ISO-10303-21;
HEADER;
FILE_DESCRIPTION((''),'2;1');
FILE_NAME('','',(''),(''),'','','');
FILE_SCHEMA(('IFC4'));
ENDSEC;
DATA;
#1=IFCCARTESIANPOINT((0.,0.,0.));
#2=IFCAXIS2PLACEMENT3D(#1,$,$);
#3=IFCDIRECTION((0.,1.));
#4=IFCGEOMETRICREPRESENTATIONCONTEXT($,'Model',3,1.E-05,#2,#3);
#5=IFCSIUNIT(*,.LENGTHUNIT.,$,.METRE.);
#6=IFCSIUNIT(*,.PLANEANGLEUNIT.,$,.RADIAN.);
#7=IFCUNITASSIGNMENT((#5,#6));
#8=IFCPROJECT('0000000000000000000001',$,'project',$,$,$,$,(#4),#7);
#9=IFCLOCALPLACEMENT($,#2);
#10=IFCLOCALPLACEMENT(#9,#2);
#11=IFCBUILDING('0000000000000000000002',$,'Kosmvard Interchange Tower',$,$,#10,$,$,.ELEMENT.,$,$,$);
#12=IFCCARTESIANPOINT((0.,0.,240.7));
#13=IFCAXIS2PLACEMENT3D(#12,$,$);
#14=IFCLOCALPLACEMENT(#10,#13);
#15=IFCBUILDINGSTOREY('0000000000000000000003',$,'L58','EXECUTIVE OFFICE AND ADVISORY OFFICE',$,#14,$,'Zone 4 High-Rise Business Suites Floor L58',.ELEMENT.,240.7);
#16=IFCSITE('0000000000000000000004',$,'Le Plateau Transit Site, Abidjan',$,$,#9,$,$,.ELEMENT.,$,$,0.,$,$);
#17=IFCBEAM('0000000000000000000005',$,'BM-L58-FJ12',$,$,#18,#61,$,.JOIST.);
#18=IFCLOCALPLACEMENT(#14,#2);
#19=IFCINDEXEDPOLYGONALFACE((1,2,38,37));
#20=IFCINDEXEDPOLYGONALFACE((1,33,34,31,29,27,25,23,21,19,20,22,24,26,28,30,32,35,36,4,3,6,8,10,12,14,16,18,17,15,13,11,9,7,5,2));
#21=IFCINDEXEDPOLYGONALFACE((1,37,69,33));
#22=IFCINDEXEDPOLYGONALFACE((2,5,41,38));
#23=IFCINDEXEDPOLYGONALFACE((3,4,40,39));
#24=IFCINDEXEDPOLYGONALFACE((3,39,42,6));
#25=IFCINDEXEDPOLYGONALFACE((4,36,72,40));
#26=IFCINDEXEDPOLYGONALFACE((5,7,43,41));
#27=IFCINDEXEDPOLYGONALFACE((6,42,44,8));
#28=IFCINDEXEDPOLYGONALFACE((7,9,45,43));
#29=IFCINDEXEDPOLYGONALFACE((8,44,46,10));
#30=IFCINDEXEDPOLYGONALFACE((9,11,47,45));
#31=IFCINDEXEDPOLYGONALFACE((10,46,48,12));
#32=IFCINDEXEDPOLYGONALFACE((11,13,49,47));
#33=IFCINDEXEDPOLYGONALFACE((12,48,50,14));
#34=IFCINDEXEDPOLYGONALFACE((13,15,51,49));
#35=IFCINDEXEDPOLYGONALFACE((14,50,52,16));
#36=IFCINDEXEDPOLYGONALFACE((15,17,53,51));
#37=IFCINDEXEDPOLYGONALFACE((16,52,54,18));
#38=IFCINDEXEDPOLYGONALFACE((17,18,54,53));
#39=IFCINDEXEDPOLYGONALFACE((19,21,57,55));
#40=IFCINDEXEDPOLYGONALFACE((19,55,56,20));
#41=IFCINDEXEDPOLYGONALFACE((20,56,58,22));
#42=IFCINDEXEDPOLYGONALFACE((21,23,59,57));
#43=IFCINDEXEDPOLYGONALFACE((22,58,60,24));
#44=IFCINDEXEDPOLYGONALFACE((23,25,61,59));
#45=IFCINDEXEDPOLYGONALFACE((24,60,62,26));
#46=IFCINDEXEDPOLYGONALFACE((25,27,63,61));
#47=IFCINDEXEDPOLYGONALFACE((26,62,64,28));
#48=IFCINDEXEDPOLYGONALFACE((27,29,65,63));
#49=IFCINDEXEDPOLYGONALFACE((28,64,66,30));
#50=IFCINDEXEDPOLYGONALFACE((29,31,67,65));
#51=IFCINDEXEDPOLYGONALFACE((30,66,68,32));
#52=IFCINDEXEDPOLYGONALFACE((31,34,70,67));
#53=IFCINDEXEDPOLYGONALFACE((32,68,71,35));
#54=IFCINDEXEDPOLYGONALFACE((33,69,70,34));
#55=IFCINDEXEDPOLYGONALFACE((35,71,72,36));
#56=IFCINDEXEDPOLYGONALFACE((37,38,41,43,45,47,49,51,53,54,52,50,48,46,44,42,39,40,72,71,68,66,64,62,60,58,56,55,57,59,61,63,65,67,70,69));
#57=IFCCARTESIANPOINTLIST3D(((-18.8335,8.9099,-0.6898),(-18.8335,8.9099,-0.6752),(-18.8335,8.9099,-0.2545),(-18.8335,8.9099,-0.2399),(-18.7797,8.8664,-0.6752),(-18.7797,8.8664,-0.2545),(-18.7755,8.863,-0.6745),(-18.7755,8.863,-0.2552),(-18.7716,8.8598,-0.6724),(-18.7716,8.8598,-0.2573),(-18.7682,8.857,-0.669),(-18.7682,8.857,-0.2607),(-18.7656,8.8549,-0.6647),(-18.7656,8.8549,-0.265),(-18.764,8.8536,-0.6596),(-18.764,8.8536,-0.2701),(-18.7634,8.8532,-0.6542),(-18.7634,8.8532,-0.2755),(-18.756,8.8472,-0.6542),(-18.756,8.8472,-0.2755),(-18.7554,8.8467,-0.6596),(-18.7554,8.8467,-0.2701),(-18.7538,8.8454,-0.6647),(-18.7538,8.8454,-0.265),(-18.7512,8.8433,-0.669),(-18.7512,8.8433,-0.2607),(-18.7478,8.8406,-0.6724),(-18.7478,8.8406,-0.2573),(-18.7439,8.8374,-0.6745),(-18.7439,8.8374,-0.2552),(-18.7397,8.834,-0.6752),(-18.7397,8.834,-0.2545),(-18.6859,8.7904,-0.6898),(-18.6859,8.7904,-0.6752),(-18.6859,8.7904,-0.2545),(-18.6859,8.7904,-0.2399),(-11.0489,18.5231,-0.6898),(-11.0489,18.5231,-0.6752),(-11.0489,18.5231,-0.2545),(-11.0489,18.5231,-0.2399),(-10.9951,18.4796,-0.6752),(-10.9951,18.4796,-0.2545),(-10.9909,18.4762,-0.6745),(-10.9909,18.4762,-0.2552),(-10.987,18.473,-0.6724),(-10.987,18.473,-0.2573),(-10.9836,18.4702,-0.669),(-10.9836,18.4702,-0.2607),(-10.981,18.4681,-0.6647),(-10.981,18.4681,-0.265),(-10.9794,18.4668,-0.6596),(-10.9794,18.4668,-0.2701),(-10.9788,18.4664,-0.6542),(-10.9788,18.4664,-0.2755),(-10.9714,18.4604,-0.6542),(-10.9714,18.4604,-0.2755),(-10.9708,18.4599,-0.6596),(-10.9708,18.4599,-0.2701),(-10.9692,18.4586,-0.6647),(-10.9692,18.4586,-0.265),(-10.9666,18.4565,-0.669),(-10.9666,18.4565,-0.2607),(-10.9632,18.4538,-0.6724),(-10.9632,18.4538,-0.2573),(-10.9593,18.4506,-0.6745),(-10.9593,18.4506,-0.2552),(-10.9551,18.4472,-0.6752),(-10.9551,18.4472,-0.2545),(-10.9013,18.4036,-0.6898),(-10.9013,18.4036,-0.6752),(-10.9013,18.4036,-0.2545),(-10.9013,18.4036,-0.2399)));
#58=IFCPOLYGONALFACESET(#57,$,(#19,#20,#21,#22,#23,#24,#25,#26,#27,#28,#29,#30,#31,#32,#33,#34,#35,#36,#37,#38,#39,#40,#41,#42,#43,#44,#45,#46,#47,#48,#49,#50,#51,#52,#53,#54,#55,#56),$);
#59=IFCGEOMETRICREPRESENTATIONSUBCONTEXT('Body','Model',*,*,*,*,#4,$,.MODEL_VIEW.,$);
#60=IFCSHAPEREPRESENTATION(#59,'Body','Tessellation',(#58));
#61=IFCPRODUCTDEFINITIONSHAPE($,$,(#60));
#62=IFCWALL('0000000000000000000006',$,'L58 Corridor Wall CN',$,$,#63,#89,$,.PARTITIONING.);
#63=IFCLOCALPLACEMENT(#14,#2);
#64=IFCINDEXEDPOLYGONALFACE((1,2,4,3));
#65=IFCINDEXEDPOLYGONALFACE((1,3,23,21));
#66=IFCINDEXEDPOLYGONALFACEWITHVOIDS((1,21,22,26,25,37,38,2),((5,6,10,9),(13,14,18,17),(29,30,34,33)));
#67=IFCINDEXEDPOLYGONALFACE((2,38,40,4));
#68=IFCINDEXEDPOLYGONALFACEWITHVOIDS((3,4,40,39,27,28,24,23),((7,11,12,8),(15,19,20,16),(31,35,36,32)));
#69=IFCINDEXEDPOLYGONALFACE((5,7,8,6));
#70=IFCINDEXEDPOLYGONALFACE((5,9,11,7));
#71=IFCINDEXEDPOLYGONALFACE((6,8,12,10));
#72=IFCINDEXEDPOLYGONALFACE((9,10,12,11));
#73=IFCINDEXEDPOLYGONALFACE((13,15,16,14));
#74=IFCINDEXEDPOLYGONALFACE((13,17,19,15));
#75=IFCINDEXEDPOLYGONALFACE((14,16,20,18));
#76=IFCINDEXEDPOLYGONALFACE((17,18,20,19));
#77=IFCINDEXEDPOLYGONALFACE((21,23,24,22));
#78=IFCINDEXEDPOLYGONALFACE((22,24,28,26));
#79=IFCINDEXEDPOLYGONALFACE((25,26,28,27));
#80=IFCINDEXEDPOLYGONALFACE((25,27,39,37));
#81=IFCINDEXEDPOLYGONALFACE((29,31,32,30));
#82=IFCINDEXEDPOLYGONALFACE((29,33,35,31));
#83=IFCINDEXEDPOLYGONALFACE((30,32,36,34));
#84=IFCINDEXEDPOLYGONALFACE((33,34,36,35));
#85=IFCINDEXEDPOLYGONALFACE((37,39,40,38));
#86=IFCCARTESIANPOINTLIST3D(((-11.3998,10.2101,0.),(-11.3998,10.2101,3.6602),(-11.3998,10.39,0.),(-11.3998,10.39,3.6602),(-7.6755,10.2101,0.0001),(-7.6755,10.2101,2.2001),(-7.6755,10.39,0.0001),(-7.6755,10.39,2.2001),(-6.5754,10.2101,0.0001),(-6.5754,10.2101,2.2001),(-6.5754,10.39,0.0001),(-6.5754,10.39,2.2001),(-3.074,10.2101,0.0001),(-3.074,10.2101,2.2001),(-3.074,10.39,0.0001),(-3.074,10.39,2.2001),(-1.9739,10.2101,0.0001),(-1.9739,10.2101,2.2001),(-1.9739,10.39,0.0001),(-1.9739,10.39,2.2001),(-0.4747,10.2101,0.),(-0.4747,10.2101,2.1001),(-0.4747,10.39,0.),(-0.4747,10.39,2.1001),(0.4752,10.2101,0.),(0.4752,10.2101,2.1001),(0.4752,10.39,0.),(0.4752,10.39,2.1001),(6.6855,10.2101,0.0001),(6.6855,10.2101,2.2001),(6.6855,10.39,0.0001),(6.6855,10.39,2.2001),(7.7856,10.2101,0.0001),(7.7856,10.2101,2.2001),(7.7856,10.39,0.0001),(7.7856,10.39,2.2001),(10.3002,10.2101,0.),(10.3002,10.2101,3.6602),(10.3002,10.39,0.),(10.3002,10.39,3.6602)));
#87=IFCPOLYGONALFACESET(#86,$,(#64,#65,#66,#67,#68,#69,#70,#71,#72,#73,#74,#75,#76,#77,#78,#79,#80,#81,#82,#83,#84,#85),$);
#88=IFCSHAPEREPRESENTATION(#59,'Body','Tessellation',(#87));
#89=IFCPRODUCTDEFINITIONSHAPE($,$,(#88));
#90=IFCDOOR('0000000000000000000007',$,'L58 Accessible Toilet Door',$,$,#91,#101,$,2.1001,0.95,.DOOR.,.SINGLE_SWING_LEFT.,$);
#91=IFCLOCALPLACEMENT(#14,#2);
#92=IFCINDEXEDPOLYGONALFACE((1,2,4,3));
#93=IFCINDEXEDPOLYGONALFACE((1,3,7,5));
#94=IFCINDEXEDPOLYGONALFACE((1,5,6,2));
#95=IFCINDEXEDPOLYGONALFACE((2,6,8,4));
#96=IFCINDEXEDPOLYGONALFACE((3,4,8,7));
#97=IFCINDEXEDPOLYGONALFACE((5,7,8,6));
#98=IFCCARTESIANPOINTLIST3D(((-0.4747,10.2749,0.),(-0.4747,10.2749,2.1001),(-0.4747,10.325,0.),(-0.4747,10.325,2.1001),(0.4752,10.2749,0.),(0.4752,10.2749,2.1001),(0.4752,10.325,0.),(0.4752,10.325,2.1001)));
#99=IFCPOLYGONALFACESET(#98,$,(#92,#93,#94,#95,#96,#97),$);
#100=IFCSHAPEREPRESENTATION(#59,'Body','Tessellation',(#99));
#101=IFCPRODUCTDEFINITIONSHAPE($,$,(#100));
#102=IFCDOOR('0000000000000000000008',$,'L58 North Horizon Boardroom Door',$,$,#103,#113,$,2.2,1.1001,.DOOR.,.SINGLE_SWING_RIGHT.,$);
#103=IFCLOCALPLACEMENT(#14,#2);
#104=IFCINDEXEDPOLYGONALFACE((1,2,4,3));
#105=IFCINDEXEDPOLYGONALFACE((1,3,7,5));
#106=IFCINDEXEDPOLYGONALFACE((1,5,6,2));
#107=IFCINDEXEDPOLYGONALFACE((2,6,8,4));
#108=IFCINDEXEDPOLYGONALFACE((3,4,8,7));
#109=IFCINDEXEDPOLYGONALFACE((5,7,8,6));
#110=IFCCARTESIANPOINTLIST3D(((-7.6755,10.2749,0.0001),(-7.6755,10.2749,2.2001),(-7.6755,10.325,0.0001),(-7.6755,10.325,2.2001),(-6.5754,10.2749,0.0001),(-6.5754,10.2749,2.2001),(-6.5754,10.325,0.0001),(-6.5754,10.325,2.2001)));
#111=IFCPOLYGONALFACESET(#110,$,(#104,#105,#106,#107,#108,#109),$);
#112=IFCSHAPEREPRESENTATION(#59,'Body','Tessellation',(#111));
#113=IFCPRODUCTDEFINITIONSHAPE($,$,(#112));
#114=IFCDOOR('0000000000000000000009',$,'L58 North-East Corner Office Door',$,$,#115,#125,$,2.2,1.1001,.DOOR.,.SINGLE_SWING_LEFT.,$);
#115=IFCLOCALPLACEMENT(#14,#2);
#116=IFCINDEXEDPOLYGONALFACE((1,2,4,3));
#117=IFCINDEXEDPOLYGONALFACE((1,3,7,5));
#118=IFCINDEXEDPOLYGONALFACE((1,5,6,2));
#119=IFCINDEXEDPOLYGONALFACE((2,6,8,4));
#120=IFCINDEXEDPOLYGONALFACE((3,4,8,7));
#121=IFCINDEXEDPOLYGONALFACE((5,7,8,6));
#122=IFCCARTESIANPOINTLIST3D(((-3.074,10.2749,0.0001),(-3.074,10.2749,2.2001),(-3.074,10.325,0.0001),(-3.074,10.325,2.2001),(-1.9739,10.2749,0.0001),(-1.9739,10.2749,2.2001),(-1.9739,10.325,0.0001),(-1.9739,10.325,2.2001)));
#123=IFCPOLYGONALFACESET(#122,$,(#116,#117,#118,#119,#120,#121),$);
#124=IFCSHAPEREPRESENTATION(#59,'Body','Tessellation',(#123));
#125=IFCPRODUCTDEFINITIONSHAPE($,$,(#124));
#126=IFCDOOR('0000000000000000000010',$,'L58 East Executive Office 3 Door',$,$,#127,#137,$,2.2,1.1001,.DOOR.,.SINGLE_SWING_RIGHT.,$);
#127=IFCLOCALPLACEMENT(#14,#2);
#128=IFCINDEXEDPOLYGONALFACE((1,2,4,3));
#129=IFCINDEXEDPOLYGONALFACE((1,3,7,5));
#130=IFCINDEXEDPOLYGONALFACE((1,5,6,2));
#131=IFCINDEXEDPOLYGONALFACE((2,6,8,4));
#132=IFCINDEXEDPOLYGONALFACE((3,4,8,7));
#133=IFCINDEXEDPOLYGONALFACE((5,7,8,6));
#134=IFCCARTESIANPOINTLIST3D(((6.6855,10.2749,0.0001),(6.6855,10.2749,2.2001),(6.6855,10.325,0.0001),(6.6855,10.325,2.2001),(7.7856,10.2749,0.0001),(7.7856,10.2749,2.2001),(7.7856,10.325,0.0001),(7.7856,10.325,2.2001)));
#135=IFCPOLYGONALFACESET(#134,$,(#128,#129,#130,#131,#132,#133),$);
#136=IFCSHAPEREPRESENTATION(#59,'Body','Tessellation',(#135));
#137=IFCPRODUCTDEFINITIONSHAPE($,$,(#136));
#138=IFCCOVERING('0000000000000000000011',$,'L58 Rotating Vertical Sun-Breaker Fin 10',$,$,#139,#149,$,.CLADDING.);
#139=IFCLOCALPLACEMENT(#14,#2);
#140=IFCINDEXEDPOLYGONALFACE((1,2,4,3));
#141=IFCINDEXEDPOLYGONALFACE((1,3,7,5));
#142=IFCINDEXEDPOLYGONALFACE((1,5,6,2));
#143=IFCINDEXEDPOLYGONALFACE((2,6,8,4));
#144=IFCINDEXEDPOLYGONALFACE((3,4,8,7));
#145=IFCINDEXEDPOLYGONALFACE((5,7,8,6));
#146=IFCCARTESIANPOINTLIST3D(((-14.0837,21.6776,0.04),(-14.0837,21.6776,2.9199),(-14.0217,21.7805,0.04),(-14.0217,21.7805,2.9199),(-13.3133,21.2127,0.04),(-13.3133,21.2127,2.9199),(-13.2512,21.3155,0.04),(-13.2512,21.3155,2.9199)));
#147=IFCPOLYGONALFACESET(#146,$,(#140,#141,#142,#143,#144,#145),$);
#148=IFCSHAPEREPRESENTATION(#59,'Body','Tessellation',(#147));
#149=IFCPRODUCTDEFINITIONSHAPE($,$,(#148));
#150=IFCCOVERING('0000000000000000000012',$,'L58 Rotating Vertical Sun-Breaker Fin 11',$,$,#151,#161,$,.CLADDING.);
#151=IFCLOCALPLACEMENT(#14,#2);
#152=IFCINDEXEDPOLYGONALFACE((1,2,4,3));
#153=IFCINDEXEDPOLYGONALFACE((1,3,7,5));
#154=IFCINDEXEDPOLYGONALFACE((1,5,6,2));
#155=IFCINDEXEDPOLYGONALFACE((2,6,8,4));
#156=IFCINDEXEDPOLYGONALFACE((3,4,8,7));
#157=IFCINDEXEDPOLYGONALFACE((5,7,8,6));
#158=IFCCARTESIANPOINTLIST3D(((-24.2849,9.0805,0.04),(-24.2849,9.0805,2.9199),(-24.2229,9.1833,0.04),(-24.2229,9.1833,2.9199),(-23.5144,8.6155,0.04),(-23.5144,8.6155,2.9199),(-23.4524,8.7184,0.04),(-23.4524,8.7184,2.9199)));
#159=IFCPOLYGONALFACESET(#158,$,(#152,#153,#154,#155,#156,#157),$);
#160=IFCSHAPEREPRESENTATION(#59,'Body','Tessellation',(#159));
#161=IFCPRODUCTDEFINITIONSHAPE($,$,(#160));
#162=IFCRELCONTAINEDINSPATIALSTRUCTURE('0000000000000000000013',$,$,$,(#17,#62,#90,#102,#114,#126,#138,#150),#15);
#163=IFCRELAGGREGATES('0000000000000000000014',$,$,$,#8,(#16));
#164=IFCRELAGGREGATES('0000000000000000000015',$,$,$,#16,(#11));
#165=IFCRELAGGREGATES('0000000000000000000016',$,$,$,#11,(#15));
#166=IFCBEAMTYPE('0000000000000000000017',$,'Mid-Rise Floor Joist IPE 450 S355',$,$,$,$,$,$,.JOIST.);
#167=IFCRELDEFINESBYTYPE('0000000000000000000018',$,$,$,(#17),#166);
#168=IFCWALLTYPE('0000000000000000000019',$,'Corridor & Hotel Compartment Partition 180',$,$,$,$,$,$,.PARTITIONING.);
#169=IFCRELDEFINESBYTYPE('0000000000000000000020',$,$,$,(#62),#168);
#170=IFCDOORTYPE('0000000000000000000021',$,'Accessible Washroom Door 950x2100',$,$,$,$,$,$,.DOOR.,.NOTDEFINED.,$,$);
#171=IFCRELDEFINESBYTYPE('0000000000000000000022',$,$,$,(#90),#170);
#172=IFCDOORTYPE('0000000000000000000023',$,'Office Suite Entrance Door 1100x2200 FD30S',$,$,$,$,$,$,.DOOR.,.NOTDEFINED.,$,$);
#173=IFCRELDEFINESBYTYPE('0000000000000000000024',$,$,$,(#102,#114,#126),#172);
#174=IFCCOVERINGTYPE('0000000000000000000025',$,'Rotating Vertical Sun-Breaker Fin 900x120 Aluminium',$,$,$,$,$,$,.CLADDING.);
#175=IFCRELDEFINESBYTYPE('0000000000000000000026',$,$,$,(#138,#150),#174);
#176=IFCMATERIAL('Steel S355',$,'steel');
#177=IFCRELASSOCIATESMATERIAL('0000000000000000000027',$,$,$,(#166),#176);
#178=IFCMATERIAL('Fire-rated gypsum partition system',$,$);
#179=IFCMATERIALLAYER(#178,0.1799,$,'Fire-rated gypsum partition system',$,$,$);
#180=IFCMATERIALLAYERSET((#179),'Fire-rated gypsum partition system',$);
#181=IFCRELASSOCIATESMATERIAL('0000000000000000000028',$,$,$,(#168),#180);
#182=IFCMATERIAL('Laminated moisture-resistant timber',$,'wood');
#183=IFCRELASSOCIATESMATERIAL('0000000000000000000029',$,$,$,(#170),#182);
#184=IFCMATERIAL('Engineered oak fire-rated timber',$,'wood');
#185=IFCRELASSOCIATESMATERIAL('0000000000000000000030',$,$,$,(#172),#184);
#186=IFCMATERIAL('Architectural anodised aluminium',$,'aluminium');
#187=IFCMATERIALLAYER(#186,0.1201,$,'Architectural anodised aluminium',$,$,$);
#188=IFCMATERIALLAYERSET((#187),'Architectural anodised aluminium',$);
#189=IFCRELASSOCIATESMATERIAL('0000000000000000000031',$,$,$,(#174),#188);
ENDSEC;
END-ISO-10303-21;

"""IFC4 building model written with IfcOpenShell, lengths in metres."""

from ifc_helpers import new_model, si_unit, direction, frame, frame_2d, origin, origin_2d, place, context, subcontext, project, spatial, rectangle, i_section, extrude, source, transform, mapped, material, layer, layer_set, material_profile, profile_set, type_object, element, fill, save


model = new_model("IFC4")

# Units and contexts
model_context = context("Model", 3, precision=1e-05, world=origin(), true_north=direction((0.0, 1.0)))
body_context = subcontext(model_context, "Body", "Model", "MODEL_VIEW")
ifc_project = project(units=[si_unit("LENGTHUNIT", "METRE"), si_unit("PLANEANGLEUNIT", "RADIAN")], contexts=[model_context])

# Site, building, storey
site_placement = place(None, origin())
site = spatial("IfcSite", under=ifc_project, at=site_placement, Name="Le Plateau Transit Site, Abidjan", CompositionType="ELEMENT", RefElevation=0.0)
building_placement = place(site_placement, origin())
building = spatial("IfcBuilding", under=site, at=building_placement, Name="Kosmvard Interchange Tower", CompositionType="ELEMENT")
storey_placement = place(building_placement, frame((0.0, 0.0, 240.7)))
storey = spatial("IfcBuildingStorey", under=building, at=storey_placement, Name="L58", Description="EXECUTIVE OFFICE AND ADVISORY OFFICE", LongName="Zone 4 High-Rise Business Suites Floor L58", CompositionType="ELEMENT", Elevation=240.7)

# Beam
ifc_material_1 = material(Name="Steel S355", Category="steel")
ifc_material_profile_1 = material_profile(ifc_material_1, i_section(OverallWidth=0.1899, OverallDepth=0.45, WebThickness=0.0095, FlangeThickness=0.0146, FilletRadius=0.021, at=origin_2d()), Name="IPE 450")
ifc_profile_set_1 = profile_set([ifc_material_profile_1], Name="Steel S355")
beam_type_1 = type_object("IfcBeamType", Name="Mid-Rise Floor Joist IPE 450 S355", PredefinedType="JOIST", material=ifc_profile_set_1)
shared_shape_1 = source(origin(), body_context, "Body", "SweptSolid", [
    extrude(i_section(OverallWidth=0.1899, OverallDepth=0.45, WebThickness=0.0095, FlangeThickness=0.0146, FilletRadius=0.021, at=origin_2d()), origin(), (0.0, 0.0, 1.0), 12.3699),
])
beam_1_placement = place(storey_placement, frame((-10.9751, 18.4634, -0.4648), z_axis=(-0.62932, -0.777147, 0.0), x_axis=(0.777147, -0.62932, 0.0)))
element("IfcBeam", 1, at=beam_1_placement, inside=storey, type_object=beam_type_1, Name="BM-L58-FJ12", PredefinedType="JOIST", context=body_context, shape_type="MappedRepresentation", body=[
    mapped(shared_shape_1, transform((0.0, 0.0, 0.0), scale=1.0)),
])

# Wall, openings, doors
ifc_material_2 = material(Name="Fire-rated gypsum partition system")
ifc_layer_1 = layer(ifc_material_2, 0.1799, Name="Fire-rated gypsum partition system")
ifc_layer_set_1 = layer_set([ifc_layer_1], Name="Fire-rated gypsum partition system")
wall_type = type_object("IfcWallType", Name="Corridor & Hotel Compartment Partition 180", PredefinedType="PARTITIONING", material=ifc_layer_set_1)
wall_placement = place(storey_placement, frame((-11.3999, 10.3, 0.0), z_axis=(0.0, 0.0, 1.0), x_axis=(1.0, 0.0, 0.0)))
wall = element("IfcWall", 2, at=wall_placement, inside=storey, type_object=wall_type, Name="L58 Corridor Wall CN", PredefinedType="PARTITIONING", context=body_context, shape_type="SweptSolid", body=[
    extrude(rectangle(XDim=21.7, YDim=0.1799, at=frame_2d((10.8501, 0.0))), origin(), (0.0, 0.0, 1.0), 3.6602),
])
opening_1_placement = place(wall_placement, frame((10.925, 0.0, 0.0)))
opening_1 = element("IfcOpeningElement", 3, at=opening_1_placement, cuts=wall, PredefinedType="OPENING", context=body_context, shape_type="SweptSolid", body=[
    extrude(rectangle(XDim=0.95, YDim=2.1001, at=frame_2d((0.4751, 1.05))), frame((0.0, 0.1001, 0.0), z_axis=(0.0, -1.0, 0.0), x_axis=(1.0, 0.0, 0.0)), (0.0, 0.0, 1.0), 0.2),
])
opening_2_placement = place(wall_placement, frame((3.7244, 0.0, 0.0)))
opening_2 = element("IfcOpeningElement", 4, at=opening_2_placement, cuts=wall, PredefinedType="OPENING", context=body_context, shape_type="SweptSolid", body=[
    extrude(rectangle(XDim=1.1001, YDim=2.2, at=frame_2d((0.55, 1.1001))), frame((0.0, 0.1001, 0.0), z_axis=(0.0, -1.0, 0.0), x_axis=(1.0, 0.0, 0.0)), (0.0, 0.0, 1.0), 0.2),
])
opening_3_placement = place(wall_placement, frame((8.3259, 0.0, 0.0)))
opening_3 = element("IfcOpeningElement", 5, at=opening_3_placement, cuts=wall, PredefinedType="OPENING", context=body_context, shape_type="SweptSolid", body=[
    extrude(rectangle(XDim=1.1001, YDim=2.2, at=frame_2d((0.55, 1.1001))), frame((0.0, 0.1001, 0.0), z_axis=(0.0, -1.0, 0.0), x_axis=(1.0, 0.0, 0.0)), (0.0, 0.0, 1.0), 0.2),
])
opening_4_placement = place(wall_placement, frame((18.0854, 0.0, 0.0)))
opening_4 = element("IfcOpeningElement", 6, at=opening_4_placement, cuts=wall, PredefinedType="OPENING", context=body_context, shape_type="SweptSolid", body=[
    extrude(rectangle(XDim=1.1001, YDim=2.2, at=frame_2d((0.55, 1.1001))), frame((0.0, 0.1001, 0.0), z_axis=(0.0, -1.0, 0.0), x_axis=(1.0, 0.0, 0.0)), (0.0, 0.0, 1.0), 0.2),
])
ifc_material_3 = material(Name="Laminated moisture-resistant timber", Category="wood")
door_type_1 = type_object("IfcDoorType", Name="Accessible Washroom Door 950x2100", OperationType="NOTDEFINED", PredefinedType="DOOR", material=ifc_material_3)
shared_shape_2 = source(origin(), body_context, "Body", "SweptSolid", [
    extrude(rectangle(XDim=0.95, YDim=2.1001, at=frame_2d((0.4751, 1.05))), frame((0.0, 0.0249, 0.0), z_axis=(0.0, -1.0, 0.0), x_axis=(1.0, 0.0, 0.0)), (0.0, 0.0, 1.0), 0.05),
])
door_1_placement = place(opening_1_placement, origin())
door_1 = element("IfcDoor", 7, at=door_1_placement, inside=storey, type_object=door_type_1, Name="L58 Accessible Toilet Door", OperationType="SINGLE_SWING_LEFT", OverallHeight=2.1001, OverallWidth=0.95, PredefinedType="DOOR", context=body_context, shape_type="MappedRepresentation", body=[
    mapped(shared_shape_2, transform((0.0, 0.0, 0.0), scale=1.0)),
])
fill(opening_1, door_1)
ifc_material_4 = material(Name="Engineered oak fire-rated timber", Category="wood")
door_type_2 = type_object("IfcDoorType", Name="Office Suite Entrance Door 1100x2200 FD30S", OperationType="NOTDEFINED", PredefinedType="DOOR", material=ifc_material_4)
shared_shape_3 = source(origin(), body_context, "Body", "SweptSolid", [
    extrude(rectangle(XDim=1.1001, YDim=2.2, at=frame_2d((0.55, 1.1001))), frame((0.0, 0.0249, 0.0), z_axis=(0.0, -1.0, 0.0), x_axis=(1.0, 0.0, 0.0)), (0.0, 0.0, 1.0), 0.05),
])
door_2_placement = place(opening_2_placement, origin())
door_2 = element("IfcDoor", 8, at=door_2_placement, inside=storey, type_object=door_type_2, Name="L58 North Horizon Boardroom Door", OperationType="SINGLE_SWING_RIGHT", OverallHeight=2.2, OverallWidth=1.1001, PredefinedType="DOOR", context=body_context, shape_type="MappedRepresentation", body=[
    mapped(shared_shape_3, transform((0.0, 0.0, 0.0), scale=1.0)),
])
fill(opening_2, door_2)
door_3_placement = place(opening_3_placement, origin())
door_3 = element("IfcDoor", 9, at=door_3_placement, inside=storey, type_object=door_type_2, Name="L58 North-East Corner Office Door", OperationType="SINGLE_SWING_LEFT", OverallHeight=2.2, OverallWidth=1.1001, PredefinedType="DOOR", context=body_context, shape_type="MappedRepresentation", body=[
    mapped(shared_shape_3, transform((0.0, 0.0, 0.0), scale=1.0)),
])
fill(opening_3, door_3)
door_4_placement = place(opening_4_placement, origin())
door_4 = element("IfcDoor", 10, at=door_4_placement, inside=storey, type_object=door_type_2, Name="L58 East Executive Office 3 Door", OperationType="SINGLE_SWING_RIGHT", OverallHeight=2.2, OverallWidth=1.1001, PredefinedType="DOOR", context=body_context, shape_type="MappedRepresentation", body=[
    mapped(shared_shape_3, transform((0.0, 0.0, 0.0), scale=1.0)),
])
fill(opening_4, door_4)

# Coverings
ifc_material_5 = material(Name="Architectural anodised aluminium", Category="aluminium")
ifc_layer_2 = layer(ifc_material_5, 0.1201, Name="Architectural anodised aluminium")
ifc_layer_set_2 = layer_set([ifc_layer_2], Name="Architectural anodised aluminium")
covering_type = type_object("IfcCoveringType", Name="Rotating Vertical Sun-Breaker Fin 900x120 Aluminium", PredefinedType="CLADDING", material=ifc_layer_set_2)
shared_shape_4 = source(origin(), body_context, "Body", "SweptSolid", [
    extrude(rectangle(XDim=0.8999, YDim=0.1201, at=origin_2d()), origin(), (0.0, 0.0, 1.0), 2.8799),
])
for number, where, z_axis, x_axis, name in (
    (11, (-13.6675, 21.4966, 0.04), (0.0, 0.0, 1.0), (-0.856177, 0.516683, 0.0), "L58 Rotating Vertical Sun-Breaker Fin 10"),
    (12, (-23.8687, 8.8994, 0.04), (0.0, 0.0, 1.0), (-0.856177, 0.516683, 0.0), "L58 Rotating Vertical Sun-Breaker Fin 11"),
):
    element("IfcCovering", number, at=place(storey_placement, frame(where, z_axis=z_axis, x_axis=x_axis)), inside=storey, type_object=covering_type, Name=name, PredefinedType="CLADDING", context=body_context, shape_type="MappedRepresentation", body=[
        mapped(shared_shape_4, transform((0.0, 0.0, 0.0), scale=1.0)),
    ])

save(model, "model.ifc")
